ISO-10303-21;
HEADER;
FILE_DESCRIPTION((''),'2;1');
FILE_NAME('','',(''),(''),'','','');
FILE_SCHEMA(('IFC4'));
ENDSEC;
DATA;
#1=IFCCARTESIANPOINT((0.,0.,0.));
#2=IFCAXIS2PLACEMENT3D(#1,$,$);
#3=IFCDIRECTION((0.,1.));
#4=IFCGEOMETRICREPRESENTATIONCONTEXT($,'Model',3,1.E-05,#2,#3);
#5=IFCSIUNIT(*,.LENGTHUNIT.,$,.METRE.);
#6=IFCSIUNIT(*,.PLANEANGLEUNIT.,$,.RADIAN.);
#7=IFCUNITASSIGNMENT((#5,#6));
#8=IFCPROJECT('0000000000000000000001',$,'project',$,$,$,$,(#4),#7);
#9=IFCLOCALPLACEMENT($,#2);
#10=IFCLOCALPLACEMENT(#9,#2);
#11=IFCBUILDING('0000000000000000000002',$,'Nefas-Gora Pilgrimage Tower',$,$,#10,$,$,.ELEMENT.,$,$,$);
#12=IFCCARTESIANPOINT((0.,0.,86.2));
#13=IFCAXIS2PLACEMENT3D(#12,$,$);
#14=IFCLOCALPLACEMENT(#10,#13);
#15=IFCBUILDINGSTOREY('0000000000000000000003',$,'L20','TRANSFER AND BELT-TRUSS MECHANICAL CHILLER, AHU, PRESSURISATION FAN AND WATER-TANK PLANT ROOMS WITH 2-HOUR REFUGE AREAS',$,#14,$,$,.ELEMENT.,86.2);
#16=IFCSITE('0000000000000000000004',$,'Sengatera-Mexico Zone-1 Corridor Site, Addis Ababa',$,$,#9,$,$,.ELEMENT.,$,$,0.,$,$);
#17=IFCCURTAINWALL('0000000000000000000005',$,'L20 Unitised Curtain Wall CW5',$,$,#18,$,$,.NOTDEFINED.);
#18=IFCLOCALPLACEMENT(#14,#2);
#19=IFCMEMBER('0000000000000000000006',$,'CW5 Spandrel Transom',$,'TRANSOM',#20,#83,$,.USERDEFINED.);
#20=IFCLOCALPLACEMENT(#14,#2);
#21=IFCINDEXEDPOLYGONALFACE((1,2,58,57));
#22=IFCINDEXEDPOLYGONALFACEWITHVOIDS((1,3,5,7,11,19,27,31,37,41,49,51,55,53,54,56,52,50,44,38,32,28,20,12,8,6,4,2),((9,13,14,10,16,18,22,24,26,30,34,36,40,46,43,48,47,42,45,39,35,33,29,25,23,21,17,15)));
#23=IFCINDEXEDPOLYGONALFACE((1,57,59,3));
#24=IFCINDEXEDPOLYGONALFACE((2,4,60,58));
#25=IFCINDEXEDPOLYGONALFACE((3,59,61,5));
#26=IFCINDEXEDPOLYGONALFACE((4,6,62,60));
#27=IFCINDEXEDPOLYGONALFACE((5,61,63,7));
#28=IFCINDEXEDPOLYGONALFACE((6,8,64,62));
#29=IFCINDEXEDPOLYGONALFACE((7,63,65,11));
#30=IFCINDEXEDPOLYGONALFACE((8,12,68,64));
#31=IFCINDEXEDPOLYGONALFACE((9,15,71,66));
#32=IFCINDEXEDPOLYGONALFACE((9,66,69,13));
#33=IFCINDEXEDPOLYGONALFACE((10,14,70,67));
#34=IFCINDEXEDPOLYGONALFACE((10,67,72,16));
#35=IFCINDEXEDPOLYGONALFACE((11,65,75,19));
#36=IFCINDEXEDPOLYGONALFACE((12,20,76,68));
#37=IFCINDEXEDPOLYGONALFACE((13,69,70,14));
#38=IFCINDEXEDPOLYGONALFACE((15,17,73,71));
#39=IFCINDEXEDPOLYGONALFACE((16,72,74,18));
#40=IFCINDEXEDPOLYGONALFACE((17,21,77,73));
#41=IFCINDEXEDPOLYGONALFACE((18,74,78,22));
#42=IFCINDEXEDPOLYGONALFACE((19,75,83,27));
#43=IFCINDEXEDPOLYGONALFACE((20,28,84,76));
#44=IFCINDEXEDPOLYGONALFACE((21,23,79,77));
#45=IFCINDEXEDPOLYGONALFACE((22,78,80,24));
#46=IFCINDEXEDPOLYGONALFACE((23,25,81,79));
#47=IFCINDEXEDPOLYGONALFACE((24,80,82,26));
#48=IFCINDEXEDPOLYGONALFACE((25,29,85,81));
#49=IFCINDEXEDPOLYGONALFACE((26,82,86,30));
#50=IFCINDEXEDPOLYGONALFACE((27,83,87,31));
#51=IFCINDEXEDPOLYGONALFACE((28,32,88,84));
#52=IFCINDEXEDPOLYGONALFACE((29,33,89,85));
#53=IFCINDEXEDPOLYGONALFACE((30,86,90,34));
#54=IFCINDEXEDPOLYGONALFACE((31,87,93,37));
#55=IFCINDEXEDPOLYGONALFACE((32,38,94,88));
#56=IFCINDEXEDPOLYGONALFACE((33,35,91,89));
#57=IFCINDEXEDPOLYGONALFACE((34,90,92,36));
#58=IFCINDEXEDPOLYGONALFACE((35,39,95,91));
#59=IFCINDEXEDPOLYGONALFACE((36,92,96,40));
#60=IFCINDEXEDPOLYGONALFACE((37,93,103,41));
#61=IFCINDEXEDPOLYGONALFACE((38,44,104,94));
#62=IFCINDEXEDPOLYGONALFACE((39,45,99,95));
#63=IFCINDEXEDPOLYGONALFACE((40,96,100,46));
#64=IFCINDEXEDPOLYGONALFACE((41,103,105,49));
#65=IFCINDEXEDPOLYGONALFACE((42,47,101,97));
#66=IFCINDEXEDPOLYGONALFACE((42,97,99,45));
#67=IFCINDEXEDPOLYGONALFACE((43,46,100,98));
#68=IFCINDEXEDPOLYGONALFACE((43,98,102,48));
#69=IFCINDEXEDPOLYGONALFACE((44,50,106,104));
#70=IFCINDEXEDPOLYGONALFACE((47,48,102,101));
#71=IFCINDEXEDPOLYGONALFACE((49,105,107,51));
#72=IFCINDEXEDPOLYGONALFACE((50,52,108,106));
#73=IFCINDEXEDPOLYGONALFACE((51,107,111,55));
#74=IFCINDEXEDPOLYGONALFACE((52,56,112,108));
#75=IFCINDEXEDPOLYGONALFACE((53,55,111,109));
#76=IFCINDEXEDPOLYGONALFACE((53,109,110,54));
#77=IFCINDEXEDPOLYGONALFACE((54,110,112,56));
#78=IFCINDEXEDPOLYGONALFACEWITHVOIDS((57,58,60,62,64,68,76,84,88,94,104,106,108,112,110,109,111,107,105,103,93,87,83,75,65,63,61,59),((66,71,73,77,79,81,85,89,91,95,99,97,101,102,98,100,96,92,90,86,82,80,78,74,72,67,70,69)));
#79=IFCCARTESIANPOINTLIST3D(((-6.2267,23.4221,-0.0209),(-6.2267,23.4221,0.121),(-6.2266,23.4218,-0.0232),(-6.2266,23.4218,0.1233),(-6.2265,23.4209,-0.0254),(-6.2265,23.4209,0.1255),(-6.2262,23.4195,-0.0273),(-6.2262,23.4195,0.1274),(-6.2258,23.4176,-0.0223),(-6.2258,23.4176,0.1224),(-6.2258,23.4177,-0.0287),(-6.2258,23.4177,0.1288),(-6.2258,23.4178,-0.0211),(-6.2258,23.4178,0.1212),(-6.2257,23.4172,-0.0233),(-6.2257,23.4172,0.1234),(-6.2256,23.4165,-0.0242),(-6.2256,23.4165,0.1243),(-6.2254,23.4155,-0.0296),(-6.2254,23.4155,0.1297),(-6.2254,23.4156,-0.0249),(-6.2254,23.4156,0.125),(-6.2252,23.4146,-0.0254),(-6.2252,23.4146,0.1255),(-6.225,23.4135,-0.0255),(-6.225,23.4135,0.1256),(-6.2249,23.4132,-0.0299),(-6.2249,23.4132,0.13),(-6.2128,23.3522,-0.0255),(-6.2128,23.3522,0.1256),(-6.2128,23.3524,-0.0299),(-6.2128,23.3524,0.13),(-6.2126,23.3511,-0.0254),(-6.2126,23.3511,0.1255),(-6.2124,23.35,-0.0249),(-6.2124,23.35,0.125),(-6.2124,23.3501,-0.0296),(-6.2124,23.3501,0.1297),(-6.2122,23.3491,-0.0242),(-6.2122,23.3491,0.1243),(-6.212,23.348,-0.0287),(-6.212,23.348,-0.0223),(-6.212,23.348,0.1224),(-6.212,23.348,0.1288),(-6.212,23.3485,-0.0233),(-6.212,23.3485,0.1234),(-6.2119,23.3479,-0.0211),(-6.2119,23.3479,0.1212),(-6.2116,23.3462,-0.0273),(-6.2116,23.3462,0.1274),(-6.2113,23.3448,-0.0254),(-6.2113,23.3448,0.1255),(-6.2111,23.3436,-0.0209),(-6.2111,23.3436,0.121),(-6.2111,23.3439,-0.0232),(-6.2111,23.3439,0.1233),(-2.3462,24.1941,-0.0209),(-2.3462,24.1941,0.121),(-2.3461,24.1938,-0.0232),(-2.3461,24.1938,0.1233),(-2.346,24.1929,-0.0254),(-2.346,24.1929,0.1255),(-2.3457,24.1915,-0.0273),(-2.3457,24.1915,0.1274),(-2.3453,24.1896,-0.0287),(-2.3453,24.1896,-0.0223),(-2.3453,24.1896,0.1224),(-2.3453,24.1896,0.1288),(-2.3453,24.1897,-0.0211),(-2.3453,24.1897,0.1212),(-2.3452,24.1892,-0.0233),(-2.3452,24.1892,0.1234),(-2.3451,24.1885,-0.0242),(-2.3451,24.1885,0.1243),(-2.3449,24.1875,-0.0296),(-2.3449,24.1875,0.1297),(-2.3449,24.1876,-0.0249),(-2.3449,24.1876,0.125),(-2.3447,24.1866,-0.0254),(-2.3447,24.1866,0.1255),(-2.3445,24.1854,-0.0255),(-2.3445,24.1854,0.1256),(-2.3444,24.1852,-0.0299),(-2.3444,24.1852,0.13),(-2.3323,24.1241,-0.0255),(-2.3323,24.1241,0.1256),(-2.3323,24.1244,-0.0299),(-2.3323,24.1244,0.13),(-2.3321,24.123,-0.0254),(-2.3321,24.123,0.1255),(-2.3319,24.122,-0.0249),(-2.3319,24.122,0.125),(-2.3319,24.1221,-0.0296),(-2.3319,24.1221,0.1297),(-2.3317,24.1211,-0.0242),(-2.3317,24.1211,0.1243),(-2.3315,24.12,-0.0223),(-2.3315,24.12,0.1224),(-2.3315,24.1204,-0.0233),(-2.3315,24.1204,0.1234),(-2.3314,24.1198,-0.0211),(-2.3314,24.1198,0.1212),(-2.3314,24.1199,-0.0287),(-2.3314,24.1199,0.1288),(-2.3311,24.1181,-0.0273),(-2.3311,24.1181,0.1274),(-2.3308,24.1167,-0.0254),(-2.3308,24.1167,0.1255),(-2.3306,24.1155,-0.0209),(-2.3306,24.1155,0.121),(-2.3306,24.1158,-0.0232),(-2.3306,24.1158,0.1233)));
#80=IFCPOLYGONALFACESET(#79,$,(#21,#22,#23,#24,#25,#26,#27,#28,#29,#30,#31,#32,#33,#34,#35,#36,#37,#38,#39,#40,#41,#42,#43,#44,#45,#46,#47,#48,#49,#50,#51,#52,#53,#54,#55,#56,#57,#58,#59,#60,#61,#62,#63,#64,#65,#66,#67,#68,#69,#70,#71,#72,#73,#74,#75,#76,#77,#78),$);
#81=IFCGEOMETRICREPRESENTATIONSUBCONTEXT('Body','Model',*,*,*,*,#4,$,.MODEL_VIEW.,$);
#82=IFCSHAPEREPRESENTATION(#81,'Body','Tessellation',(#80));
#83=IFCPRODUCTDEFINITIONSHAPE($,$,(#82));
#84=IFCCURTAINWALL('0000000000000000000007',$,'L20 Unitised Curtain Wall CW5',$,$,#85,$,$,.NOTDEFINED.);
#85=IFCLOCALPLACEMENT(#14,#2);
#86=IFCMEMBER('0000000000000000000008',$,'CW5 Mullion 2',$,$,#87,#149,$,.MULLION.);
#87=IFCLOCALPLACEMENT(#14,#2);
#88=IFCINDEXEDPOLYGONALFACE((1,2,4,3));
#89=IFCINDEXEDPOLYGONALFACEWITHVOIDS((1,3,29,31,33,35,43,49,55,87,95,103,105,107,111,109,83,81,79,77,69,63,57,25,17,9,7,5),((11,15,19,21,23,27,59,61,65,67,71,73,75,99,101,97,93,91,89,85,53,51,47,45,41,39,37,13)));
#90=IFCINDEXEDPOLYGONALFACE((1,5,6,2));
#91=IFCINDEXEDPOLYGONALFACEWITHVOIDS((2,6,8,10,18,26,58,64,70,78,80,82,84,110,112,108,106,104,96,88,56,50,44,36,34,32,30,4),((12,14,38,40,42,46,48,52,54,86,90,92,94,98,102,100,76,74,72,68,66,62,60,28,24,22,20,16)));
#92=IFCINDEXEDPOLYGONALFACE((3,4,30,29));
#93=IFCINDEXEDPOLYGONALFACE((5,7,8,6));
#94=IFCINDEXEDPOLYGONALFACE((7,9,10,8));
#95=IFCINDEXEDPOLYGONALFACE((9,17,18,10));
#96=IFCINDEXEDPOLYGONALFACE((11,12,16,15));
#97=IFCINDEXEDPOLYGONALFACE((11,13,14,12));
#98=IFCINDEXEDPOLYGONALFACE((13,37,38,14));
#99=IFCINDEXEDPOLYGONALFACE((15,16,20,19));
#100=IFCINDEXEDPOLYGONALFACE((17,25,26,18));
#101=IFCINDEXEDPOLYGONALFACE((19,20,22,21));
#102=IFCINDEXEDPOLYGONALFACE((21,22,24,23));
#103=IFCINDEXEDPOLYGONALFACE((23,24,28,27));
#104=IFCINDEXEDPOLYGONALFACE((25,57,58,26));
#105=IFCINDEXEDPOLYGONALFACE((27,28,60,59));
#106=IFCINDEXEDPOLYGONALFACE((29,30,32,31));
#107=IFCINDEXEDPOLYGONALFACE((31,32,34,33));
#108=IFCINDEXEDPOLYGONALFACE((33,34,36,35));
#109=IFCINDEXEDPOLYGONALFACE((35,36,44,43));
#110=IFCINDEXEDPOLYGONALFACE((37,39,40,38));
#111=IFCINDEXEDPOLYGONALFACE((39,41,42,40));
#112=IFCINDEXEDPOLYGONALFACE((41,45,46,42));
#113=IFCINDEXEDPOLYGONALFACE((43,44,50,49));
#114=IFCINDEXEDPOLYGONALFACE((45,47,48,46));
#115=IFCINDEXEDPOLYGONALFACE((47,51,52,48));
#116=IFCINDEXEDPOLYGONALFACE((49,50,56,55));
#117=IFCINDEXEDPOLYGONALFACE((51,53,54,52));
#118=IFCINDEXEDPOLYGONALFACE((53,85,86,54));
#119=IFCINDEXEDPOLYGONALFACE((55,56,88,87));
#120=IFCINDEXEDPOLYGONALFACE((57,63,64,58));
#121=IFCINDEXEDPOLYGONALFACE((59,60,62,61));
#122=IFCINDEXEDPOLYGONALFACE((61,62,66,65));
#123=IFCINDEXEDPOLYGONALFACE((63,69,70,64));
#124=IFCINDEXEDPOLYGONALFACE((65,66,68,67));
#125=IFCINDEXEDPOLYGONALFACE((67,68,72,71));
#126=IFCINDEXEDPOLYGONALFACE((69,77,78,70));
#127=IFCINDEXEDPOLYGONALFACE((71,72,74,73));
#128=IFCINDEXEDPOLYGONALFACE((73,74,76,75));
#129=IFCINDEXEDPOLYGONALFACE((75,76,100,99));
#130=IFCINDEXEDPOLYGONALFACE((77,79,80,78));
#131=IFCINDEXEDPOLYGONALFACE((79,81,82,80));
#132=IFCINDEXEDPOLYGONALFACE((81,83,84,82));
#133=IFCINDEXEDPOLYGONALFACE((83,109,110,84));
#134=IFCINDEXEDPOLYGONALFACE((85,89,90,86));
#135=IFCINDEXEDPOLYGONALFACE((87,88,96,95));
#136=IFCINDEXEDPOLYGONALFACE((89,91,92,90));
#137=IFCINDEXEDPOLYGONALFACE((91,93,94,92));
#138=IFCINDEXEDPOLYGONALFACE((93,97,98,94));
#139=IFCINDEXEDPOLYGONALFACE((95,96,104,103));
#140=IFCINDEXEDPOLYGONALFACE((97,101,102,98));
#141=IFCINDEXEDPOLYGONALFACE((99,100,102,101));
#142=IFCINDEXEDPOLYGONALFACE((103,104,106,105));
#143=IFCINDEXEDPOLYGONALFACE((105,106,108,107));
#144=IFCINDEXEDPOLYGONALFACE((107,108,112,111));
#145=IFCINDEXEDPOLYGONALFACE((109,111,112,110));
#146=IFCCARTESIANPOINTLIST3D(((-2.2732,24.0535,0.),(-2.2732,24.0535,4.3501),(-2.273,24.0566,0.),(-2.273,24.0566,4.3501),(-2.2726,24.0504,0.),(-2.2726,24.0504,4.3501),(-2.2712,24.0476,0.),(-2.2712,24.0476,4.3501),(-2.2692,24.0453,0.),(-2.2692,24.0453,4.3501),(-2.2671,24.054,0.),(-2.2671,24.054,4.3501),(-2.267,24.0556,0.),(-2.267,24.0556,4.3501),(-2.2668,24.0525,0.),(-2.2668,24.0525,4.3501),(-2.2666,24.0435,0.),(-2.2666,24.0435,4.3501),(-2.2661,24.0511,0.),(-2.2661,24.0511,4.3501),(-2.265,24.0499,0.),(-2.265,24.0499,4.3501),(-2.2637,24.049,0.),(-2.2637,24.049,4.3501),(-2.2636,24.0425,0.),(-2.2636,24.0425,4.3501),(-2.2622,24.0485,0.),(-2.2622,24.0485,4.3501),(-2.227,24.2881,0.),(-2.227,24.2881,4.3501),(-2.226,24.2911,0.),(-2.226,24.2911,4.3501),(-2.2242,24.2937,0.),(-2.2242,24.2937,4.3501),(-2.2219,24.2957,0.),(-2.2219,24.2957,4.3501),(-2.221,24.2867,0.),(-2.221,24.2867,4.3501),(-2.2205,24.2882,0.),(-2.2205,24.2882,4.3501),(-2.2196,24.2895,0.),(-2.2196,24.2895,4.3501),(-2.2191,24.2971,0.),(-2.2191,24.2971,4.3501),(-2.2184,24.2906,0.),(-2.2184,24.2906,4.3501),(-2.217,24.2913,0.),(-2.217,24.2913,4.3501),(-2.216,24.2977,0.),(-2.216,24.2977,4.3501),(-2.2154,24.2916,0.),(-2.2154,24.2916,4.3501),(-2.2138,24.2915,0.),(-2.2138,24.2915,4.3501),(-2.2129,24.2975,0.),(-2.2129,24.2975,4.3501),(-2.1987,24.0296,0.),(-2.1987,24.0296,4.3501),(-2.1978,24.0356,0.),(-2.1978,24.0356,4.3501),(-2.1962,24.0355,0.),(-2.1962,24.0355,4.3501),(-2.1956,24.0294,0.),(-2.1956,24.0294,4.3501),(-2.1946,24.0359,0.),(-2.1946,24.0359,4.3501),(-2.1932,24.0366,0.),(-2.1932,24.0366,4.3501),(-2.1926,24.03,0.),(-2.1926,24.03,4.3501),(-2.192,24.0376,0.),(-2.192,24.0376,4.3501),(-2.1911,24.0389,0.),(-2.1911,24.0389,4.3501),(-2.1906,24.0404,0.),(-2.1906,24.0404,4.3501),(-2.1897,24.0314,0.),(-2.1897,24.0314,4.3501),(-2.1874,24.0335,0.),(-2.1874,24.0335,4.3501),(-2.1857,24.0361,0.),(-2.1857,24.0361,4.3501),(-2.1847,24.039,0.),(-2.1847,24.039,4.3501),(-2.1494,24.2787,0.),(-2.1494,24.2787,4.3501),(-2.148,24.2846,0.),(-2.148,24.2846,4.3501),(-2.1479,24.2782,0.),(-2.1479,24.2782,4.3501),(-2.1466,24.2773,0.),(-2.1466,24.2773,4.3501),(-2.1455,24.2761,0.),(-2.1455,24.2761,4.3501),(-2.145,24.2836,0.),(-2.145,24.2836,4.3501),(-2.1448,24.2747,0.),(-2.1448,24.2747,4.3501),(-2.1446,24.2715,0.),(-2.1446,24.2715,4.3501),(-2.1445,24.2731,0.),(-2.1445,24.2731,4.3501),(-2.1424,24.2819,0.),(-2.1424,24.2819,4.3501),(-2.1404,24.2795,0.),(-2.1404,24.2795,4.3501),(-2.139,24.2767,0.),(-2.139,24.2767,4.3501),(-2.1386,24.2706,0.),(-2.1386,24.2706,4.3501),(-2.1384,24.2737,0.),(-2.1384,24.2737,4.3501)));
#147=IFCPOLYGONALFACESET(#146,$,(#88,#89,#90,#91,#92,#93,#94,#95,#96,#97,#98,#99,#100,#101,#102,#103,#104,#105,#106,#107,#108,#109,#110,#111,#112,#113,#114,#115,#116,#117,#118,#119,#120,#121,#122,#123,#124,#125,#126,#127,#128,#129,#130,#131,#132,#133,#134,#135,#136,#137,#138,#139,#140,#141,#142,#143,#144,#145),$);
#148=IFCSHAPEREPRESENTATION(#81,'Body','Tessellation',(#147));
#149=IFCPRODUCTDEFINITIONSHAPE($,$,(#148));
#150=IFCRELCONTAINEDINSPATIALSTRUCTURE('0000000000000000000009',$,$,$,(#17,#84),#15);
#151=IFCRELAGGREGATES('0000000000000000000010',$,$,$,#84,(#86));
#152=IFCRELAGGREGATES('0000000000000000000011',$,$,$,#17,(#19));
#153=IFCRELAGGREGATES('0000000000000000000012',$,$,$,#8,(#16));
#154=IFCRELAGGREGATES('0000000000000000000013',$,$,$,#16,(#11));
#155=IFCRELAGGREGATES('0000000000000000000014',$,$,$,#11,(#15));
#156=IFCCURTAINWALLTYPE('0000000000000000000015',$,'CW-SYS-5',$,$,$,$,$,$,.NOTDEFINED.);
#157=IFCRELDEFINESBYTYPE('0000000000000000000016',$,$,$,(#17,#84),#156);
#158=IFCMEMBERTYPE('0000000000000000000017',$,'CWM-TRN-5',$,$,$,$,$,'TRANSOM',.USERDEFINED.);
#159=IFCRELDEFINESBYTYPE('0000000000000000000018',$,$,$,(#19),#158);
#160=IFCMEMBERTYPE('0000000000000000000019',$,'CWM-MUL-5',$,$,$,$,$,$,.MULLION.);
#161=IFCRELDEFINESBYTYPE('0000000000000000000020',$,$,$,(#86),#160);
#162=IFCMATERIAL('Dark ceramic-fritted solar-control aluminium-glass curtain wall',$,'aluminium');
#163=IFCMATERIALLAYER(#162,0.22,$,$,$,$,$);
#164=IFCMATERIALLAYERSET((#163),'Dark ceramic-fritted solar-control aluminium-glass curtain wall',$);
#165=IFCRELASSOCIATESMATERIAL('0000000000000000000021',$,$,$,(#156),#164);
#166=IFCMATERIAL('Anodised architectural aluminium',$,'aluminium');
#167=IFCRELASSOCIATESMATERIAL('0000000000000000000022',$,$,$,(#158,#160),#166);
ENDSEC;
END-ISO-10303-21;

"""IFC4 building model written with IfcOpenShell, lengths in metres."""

from ifc_helpers import new_model, si_unit, direction, frame, origin, origin_2d, place, context, subcontext, project, spatial, hollow_rectangle, extrude, source, transform, mapped, material, layer, layer_set, material_profile, profile_set, type_object, element, aggregate, save


model = new_model("IFC4")

# Units and contexts
model_context = context("Model", 3, precision=1e-05, world=origin(), true_north=direction((0.0, 1.0)))
body_context = subcontext(model_context, "Body", "Model", "MODEL_VIEW")
ifc_project = project(units=[si_unit("LENGTHUNIT", "METRE"), si_unit("PLANEANGLEUNIT", "RADIAN")], contexts=[model_context])

# Site, building, storey
site_placement = place(None, origin())
site = spatial("IfcSite", under=ifc_project, at=site_placement, Name="Sengatera-Mexico Zone-1 Corridor Site, Addis Ababa", CompositionType="ELEMENT", RefElevation=0.0)
building_placement = place(site_placement, origin())
building = spatial("IfcBuilding", under=site, at=building_placement, Name="Nefas-Gora Pilgrimage Tower", CompositionType="ELEMENT")
storey_placement = place(building_placement, frame((0.0, 0.0, 86.2)))
storey = spatial("IfcBuildingStorey", under=building, at=storey_placement, Name="L20", Description="TRANSFER AND BELT-TRUSS MECHANICAL CHILLER, AHU, PRESSURISATION FAN AND WATER-TANK PLANT ROOMS WITH 2-HOUR REFUGE AREAS", CompositionType="ELEMENT", Elevation=86.2)

# Curtain walls, members
ifc_material_1 = material(Name="Dark ceramic-fritted solar-control aluminium-glass curtain wall", Category="aluminium")
ifc_layer_1 = layer(ifc_material_1, 0.22)
ifc_layer_set_1 = layer_set([ifc_layer_1], Name="Dark ceramic-fritted solar-control aluminium-glass curtain wall")
curtain_wall_type = type_object("IfcCurtainWallType", Name="CW-SYS-5", PredefinedType="NOTDEFINED", material=ifc_layer_set_1)
ifc_material_2 = material(Name="Anodised architectural aluminium", Category="aluminium")
ifc_material_profile_1 = material_profile(ifc_material_2, hollow_rectangle(XDim=0.0801, YDim=0.1599, WallThickness=0.0044, InnerFilletRadius=0.0044, OuterFilletRadius=0.009, at=origin_2d()), Name="ALU TRANSOM 80x160")
ifc_profile_set_1 = profile_set([ifc_material_profile_1], Name="Anodised architectural aluminium")
member_type_1 = type_object("IfcMemberType", Name="CWM-TRN-5", ElementType="TRANSOM", PredefinedType="USERDEFINED", material=ifc_profile_set_1)
curtain_wall_1_placement = place(storey_placement, origin())
curtain_wall_1 = element("IfcCurtainWall", 1, at=curtain_wall_1_placement, inside=storey, type_object=curtain_wall_type, Name="L20 Unitised Curtain Wall CW5", PredefinedType="NOTDEFINED")
shared_shape_1 = source(origin(), body_context, "Body", "SweptSolid", [
    extrude(hollow_rectangle(XDim=0.0801, YDim=0.1599, WallThickness=0.0044, InnerFilletRadius=0.0044, OuterFilletRadius=0.009, at=origin_2d()), origin(), (0.0, 0.0, 1.0), 3.9565),
])
member_1_placement = place(storey_placement, frame((-2.3384, 24.1548, 0.05), z_axis=(-0.980782, -0.195107, 0.0), x_axis=(0.195107, -0.980782, 0.0)))
member_1 = element("IfcMember", 2, at=member_1_placement, type_object=member_type_1, Name="CW5 Spandrel Transom", ObjectType="TRANSOM", PredefinedType="USERDEFINED", context=body_context, shape_type="MappedRepresentation", body=[
    mapped(shared_shape_1, transform((0.0, 0.0, 0.0), x_axis=(1.0, 0.0, 0.0), y_axis=(0.0, 1.0, 0.0), z_axis=(0.0, 0.0, 1.0), scale=1.0)),
])
curtain_wall_2_placement = place(storey_placement, origin())
curtain_wall_2 = element("IfcCurtainWall", 3, at=curtain_wall_2_placement, inside=storey, type_object=curtain_wall_type, Name="L20 Unitised Curtain Wall CW5", PredefinedType="NOTDEFINED")
ifc_material_profile_2 = material_profile(ifc_material_2, hollow_rectangle(XDim=0.0901, YDim=0.26, WallThickness=0.0061, InnerFilletRadius=0.0061, OuterFilletRadius=0.012, at=origin_2d()), Name="ALU MULLION 90x260")
ifc_profile_set_2 = profile_set([ifc_material_profile_2], Name="Anodised architectural aluminium")
member_type_2 = type_object("IfcMemberType", Name="CWM-MUL-5", PredefinedType="MULLION", material=ifc_profile_set_2)
shared_shape_2 = source(origin(), body_context, "Body", "SweptSolid", [
    extrude(hollow_rectangle(XDim=0.0901, YDim=0.26, WallThickness=0.0061, InnerFilletRadius=0.0061, OuterFilletRadius=0.012, at=origin_2d()), origin(), (0.0, 0.0, 1.0), 4.3501),
])
member_2_placement = place(storey_placement, frame((-2.2058, 24.1636, 0.0), z_axis=(0.0, 0.0, 1.0), x_axis=(-0.980783, 0.195102, 0.0)))
member_2 = element("IfcMember", 4, at=member_2_placement, type_object=member_type_2, Name="CW5 Mullion 2", PredefinedType="MULLION", context=body_context, shape_type="MappedRepresentation", body=[
    mapped(shared_shape_2, transform((0.0, 0.0, 0.0), x_axis=(1.0, 0.0, 0.0), y_axis=(0.0, 1.0, 0.0), z_axis=(0.0, 0.0, 1.0), scale=1.0)),
])

aggregate(curtain_wall_2, [member_2])
aggregate(curtain_wall_1, [member_1])

save(model, "model.ifc")
